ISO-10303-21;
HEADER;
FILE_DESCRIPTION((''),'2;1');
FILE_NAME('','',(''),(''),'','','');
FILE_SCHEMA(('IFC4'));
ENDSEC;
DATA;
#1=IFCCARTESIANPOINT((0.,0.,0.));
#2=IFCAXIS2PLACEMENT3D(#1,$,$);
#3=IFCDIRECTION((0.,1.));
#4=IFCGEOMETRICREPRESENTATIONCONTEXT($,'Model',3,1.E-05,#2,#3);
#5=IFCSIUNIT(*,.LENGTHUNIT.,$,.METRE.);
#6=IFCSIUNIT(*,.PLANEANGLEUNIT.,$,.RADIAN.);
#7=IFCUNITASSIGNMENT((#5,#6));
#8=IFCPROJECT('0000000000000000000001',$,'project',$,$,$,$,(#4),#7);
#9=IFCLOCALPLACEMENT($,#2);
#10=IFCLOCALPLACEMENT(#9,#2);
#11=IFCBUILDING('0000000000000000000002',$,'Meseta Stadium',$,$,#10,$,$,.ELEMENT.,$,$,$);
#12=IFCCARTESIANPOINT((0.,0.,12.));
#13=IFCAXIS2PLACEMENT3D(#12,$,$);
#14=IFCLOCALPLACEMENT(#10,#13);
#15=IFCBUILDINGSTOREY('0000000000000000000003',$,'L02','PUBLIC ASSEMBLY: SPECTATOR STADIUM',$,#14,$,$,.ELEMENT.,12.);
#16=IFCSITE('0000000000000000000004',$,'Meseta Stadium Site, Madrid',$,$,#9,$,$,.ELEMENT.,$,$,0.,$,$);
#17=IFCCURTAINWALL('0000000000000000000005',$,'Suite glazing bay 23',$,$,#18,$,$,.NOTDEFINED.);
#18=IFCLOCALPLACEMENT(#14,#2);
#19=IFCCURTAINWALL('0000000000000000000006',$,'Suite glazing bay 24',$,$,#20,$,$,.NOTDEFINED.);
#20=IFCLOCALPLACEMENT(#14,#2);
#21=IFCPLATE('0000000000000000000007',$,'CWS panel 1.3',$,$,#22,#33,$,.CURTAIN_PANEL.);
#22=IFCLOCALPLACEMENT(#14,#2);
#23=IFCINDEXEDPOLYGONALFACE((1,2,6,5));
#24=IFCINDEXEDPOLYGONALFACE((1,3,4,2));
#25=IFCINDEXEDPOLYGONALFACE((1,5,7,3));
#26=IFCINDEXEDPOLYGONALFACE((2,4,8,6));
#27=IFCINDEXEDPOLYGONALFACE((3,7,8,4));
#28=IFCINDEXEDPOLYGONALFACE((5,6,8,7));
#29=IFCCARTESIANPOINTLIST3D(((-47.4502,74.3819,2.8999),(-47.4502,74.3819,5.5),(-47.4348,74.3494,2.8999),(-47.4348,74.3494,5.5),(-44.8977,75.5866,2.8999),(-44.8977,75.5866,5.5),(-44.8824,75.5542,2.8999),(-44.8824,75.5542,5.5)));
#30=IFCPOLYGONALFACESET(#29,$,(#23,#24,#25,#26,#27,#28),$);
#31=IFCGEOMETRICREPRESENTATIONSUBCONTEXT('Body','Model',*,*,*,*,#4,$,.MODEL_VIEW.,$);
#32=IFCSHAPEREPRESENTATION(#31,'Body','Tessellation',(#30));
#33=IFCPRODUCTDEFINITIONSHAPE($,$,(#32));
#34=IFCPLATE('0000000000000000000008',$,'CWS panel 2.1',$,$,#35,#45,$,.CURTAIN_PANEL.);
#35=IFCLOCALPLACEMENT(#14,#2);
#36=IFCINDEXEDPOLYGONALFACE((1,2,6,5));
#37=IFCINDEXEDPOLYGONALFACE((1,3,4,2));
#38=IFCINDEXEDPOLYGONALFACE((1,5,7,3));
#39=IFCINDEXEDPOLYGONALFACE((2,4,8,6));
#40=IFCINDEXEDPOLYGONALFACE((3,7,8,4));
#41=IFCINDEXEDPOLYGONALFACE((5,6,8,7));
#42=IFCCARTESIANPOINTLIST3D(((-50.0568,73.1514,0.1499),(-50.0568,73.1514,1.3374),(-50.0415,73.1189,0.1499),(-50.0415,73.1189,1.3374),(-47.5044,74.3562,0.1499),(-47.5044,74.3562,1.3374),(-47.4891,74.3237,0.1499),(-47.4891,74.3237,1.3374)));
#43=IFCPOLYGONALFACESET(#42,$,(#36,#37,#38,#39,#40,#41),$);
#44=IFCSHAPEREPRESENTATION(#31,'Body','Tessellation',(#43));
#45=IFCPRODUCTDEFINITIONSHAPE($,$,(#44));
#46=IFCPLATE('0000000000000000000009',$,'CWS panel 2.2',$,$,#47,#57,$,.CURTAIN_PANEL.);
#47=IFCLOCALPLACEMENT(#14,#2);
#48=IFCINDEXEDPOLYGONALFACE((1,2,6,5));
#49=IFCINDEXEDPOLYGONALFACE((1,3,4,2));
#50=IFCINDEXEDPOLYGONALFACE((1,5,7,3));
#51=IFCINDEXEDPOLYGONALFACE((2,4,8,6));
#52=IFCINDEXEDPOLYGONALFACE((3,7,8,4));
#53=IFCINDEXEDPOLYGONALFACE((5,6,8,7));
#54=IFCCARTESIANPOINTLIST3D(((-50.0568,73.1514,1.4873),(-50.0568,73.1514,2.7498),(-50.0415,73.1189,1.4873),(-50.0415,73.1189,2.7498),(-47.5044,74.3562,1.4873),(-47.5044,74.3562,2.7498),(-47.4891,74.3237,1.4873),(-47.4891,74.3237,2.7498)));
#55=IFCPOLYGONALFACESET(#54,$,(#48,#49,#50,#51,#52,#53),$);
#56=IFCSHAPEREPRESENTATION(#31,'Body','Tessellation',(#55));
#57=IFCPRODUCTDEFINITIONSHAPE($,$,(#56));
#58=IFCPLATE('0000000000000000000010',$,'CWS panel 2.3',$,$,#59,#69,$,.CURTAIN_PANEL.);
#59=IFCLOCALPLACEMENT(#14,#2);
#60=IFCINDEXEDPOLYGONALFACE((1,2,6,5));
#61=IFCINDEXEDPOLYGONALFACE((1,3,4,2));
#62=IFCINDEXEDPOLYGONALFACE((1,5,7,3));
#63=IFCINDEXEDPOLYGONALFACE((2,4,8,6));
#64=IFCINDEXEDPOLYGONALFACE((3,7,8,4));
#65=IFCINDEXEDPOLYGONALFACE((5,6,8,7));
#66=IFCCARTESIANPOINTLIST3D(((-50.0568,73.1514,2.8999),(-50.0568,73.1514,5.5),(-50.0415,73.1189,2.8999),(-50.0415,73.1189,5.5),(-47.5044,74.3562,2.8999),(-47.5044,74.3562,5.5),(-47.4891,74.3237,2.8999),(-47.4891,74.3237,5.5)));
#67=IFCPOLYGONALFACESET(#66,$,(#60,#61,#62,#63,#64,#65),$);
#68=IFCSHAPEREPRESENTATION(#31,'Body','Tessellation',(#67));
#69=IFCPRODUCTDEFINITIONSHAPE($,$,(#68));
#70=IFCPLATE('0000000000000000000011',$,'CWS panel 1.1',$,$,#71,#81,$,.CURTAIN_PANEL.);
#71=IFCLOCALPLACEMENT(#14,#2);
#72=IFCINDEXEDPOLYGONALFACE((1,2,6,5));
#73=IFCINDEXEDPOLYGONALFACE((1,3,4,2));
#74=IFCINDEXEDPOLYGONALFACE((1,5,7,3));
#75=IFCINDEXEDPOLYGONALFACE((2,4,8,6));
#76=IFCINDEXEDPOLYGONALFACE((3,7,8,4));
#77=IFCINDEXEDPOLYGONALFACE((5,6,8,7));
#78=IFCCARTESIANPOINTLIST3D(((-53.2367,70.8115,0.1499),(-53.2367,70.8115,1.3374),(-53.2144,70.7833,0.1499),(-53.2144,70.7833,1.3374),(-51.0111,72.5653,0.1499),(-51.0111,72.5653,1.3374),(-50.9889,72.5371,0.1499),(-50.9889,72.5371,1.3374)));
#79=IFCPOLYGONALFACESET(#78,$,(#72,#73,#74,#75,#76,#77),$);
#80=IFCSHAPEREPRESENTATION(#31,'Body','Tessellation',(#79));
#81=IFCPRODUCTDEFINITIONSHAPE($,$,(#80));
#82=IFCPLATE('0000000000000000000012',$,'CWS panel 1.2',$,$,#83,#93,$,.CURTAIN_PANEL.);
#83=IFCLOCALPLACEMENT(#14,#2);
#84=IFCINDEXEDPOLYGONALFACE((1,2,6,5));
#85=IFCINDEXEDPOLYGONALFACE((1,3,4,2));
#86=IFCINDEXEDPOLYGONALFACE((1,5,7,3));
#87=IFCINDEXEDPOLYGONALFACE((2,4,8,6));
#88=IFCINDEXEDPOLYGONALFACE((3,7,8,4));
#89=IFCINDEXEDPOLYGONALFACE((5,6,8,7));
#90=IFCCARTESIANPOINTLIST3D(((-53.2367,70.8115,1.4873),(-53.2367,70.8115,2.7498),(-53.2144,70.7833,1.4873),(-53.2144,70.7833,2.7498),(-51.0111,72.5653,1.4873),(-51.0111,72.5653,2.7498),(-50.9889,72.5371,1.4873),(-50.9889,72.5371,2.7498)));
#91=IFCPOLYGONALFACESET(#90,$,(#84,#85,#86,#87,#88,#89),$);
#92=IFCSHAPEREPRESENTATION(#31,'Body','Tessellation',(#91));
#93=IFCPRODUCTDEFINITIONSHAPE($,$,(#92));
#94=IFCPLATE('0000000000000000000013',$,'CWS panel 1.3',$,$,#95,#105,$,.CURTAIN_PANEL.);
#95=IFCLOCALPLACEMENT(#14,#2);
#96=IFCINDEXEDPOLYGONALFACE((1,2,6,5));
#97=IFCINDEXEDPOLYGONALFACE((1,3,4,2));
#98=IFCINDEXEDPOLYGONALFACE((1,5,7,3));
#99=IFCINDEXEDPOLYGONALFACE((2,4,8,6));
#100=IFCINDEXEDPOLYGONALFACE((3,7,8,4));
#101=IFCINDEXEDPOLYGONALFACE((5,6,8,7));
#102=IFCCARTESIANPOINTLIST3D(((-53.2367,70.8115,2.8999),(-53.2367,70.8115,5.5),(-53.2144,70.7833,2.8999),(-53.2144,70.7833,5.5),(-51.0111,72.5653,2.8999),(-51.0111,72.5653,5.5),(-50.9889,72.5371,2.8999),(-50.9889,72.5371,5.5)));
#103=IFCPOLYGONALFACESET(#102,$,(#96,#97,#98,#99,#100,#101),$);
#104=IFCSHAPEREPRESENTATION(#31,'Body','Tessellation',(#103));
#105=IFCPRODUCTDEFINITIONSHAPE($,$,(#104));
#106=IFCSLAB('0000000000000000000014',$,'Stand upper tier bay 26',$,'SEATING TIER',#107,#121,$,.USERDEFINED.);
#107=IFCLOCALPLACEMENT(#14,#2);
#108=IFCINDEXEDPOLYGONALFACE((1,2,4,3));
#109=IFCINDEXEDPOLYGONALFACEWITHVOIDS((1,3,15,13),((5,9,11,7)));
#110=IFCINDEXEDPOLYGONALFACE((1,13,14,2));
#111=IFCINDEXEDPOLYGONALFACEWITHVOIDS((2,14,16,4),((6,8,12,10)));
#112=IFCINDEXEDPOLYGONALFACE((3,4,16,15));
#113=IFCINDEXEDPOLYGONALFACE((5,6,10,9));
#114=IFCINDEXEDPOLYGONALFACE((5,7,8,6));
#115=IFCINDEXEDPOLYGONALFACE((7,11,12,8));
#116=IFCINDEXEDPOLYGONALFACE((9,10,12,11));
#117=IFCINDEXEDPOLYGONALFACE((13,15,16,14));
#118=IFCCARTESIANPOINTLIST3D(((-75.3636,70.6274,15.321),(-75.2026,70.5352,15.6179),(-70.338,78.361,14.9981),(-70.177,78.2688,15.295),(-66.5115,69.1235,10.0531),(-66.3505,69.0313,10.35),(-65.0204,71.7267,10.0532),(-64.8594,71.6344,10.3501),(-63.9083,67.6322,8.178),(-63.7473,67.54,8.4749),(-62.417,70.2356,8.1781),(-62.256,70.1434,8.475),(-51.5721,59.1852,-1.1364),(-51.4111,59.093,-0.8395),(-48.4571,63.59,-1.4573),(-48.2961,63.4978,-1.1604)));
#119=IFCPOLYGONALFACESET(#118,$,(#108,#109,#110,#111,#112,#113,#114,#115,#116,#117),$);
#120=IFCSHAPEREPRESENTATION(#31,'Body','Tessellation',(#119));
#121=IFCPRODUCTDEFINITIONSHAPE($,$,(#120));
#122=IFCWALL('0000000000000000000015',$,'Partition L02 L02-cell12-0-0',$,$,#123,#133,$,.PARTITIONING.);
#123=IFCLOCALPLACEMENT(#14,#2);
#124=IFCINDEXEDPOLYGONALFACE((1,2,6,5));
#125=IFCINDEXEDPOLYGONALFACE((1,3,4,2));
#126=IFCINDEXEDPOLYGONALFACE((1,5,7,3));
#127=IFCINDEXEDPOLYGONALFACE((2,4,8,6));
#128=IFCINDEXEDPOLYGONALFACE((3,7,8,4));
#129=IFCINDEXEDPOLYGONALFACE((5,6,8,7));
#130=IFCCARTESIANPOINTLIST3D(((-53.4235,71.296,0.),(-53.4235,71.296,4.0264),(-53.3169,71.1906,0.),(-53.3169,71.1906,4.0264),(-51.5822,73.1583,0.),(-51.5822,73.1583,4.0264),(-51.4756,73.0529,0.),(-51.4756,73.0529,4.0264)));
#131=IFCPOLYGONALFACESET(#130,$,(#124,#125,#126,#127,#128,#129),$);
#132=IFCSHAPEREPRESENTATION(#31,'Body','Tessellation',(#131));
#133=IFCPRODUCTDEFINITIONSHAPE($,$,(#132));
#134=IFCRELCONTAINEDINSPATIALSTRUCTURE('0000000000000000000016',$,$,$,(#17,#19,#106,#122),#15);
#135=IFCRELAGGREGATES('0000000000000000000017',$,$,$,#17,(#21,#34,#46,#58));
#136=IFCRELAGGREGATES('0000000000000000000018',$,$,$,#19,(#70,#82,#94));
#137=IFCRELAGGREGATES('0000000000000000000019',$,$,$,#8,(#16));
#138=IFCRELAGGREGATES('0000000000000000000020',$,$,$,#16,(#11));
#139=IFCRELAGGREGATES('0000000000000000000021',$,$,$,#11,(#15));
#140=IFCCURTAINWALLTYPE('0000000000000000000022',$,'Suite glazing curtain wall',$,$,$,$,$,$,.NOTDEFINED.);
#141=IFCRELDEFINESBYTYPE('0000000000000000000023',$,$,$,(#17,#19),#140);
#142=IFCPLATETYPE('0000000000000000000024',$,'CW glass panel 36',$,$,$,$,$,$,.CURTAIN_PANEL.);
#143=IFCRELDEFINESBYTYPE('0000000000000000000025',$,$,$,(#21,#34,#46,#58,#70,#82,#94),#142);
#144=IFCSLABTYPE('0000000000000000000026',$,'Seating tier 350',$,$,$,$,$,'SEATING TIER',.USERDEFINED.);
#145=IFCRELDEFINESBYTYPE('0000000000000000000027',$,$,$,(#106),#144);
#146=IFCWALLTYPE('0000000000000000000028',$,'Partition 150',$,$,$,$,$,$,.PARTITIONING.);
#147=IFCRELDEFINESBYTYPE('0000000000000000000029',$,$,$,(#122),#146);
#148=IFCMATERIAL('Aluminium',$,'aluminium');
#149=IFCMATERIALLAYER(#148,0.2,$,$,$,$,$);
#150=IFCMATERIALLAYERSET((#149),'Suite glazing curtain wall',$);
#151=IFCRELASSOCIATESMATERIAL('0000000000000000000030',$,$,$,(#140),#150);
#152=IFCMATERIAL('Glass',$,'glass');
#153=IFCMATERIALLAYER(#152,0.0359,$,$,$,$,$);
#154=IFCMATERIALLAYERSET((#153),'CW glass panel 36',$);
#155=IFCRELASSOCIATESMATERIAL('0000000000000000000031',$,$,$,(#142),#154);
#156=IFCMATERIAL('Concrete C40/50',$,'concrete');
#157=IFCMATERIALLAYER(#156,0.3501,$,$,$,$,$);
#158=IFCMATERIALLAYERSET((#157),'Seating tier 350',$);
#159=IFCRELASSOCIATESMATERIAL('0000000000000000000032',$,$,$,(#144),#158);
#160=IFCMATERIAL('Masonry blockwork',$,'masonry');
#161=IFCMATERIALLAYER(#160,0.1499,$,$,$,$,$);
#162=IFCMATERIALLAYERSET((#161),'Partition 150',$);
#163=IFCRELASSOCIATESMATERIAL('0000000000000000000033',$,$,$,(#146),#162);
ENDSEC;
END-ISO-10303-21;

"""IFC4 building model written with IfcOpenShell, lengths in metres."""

from ifc_helpers import new_model, si_unit, direction, frame, frame_2d, origin, origin_2d, place, context, subcontext, project, spatial, polyline, rectangle, outline, extrude, material, layer, layer_set, type_object, element, aggregate, save


model = new_model("IFC4")

# Units and contexts
model_context = context("Model", 3, precision=1e-05, world=origin(), true_north=direction((0.0, 1.0)))
body_context = subcontext(model_context, "Body", "Model", "MODEL_VIEW")
ifc_project = project(units=[si_unit("LENGTHUNIT", "METRE"), si_unit("PLANEANGLEUNIT", "RADIAN")], contexts=[model_context])

# Site, building, storey
site_placement = place(None, origin())
site = spatial("IfcSite", under=ifc_project, at=site_placement, Name="Meseta Stadium Site, Madrid", CompositionType="ELEMENT", RefElevation=0.0)
building_placement = place(site_placement, origin())
building = spatial("IfcBuilding", under=site, at=building_placement, Name="Meseta Stadium", CompositionType="ELEMENT")
storey_placement = place(building_placement, frame((0.0, 0.0, 12.0)))
storey = spatial("IfcBuildingStorey", under=building, at=storey_placement, Name="L02", Description="PUBLIC ASSEMBLY: SPECTATOR STADIUM", CompositionType="ELEMENT", Elevation=12.0)

# Curtain wall
ifc_material_1 = material(Name="Aluminium", Category="aluminium")
ifc_layer_1 = layer(ifc_material_1, 0.2)
ifc_layer_set_1 = layer_set([ifc_layer_1], Name="Suite glazing curtain wall")
curtain_wall_type = type_object("IfcCurtainWallType", Name="Suite glazing curtain wall", PredefinedType="NOTDEFINED", material=ifc_layer_set_1)
curtain_wall_1_placement = place(storey_placement, origin())
curtain_wall_1 = element("IfcCurtainWall", 1, at=curtain_wall_1_placement, inside=storey, type_object=curtain_wall_type, Name="Suite glazing bay 23", PredefinedType="NOTDEFINED")

# Curtain wall
curtain_wall_2_placement = place(storey_placement, origin())
curtain_wall_2 = element("IfcCurtainWall", 2, at=curtain_wall_2_placement, inside=storey, type_object=curtain_wall_type, Name="Suite glazing bay 24", PredefinedType="NOTDEFINED")

# Plates
ifc_material_2 = material(Name="Glass", Category="glass")
ifc_layer_2 = layer(ifc_material_2, 0.0359)
ifc_layer_set_2 = layer_set([ifc_layer_2], Name="CW glass panel 36")
plate_type = type_object("IfcPlateType", Name="CW glass panel 36", PredefinedType="CURTAIN_PANEL", material=ifc_layer_set_2)
plate_1_placement = place(storey_placement, frame((-46.1663, 74.968, 2.8999), z_axis=(0.0, 0.0, 1.0), x_axis=(-0.904328, -0.426837, 0.0)))
plate_1 = element("IfcPlate", 3, at=plate_1_placement, type_object=plate_type, Name="CWS panel 1.3", PredefinedType="CURTAIN_PANEL", context=body_context, shape_type="SweptSolid", body=[
    extrude(rectangle(XDim=2.8225, YDim=0.0359, at=origin_2d()), origin(), (0.0, 0.0, 1.0), 2.6001),
])
plate_2_placement = place(storey_placement, frame((-48.7729, 73.7375, 0.1499), z_axis=(0.0, 0.0, 1.0), x_axis=(-0.904328, -0.426837, 0.0)))
plate_2 = element("IfcPlate", 4, at=plate_2_placement, type_object=plate_type, Name="CWS panel 2.1", PredefinedType="CURTAIN_PANEL", context=body_context, shape_type="SweptSolid", body=[
    extrude(rectangle(XDim=2.8225, YDim=0.0359, at=origin_2d()), origin(), (0.0, 0.0, 1.0), 1.1875),
])
plate_3_placement = place(storey_placement, frame((-48.7729, 73.7375, 1.4873), z_axis=(0.0, 0.0, 1.0), x_axis=(-0.904328, -0.426837, 0.0)))
plate_3 = element("IfcPlate", 5, at=plate_3_placement, type_object=plate_type, Name="CWS panel 2.2", PredefinedType="CURTAIN_PANEL", context=body_context, shape_type="SweptSolid", body=[
    extrude(rectangle(XDim=2.8225, YDim=0.0359, at=origin_2d()), origin(), (0.0, 0.0, 1.0), 1.2625),
])
plate_4_placement = place(storey_placement, frame((-48.7729, 73.7375, 2.8999), z_axis=(0.0, 0.0, 1.0), x_axis=(-0.904328, -0.426837, 0.0)))
plate_4 = element("IfcPlate", 6, at=plate_4_placement, type_object=plate_type, Name="CWS panel 2.3", PredefinedType="CURTAIN_PANEL", context=body_context, shape_type="SweptSolid", body=[
    extrude(rectangle(XDim=2.8225, YDim=0.0359, at=origin_2d()), origin(), (0.0, 0.0, 1.0), 2.6001),
])
aggregate(curtain_wall_1, [plate_1, plate_2, plate_3, plate_4])
plate_5_placement = place(storey_placement, frame((-52.1128, 71.6743, 0.1499), z_axis=(0.0, 0.0, 1.0), x_axis=(-0.785435, -0.618944, 0.0)))
plate_5 = element("IfcPlate", 7, at=plate_5_placement, type_object=plate_type, Name="CWS panel 1.1", PredefinedType="CURTAIN_PANEL", context=body_context, shape_type="SweptSolid", body=[
    extrude(rectangle(XDim=2.8335, YDim=0.0359, at=origin_2d()), origin(), (0.0, 0.0, 1.0), 1.1875),
])
plate_6_placement = place(storey_placement, frame((-52.1128, 71.6743, 1.4873), z_axis=(0.0, 0.0, 1.0), x_axis=(-0.785435, -0.618944, 0.0)))
plate_6 = element("IfcPlate", 8, at=plate_6_placement, type_object=plate_type, Name="CWS panel 1.2", PredefinedType="CURTAIN_PANEL", context=body_context, shape_type="SweptSolid", body=[
    extrude(rectangle(XDim=2.8335, YDim=0.0359, at=origin_2d()), origin(), (0.0, 0.0, 1.0), 1.2625),
])
plate_7_placement = place(storey_placement, frame((-52.1128, 71.6743, 2.8999), z_axis=(0.0, 0.0, 1.0), x_axis=(-0.785435, -0.618944, 0.0)))
plate_7 = element("IfcPlate", 9, at=plate_7_placement, type_object=plate_type, Name="CWS panel 1.3", PredefinedType="CURTAIN_PANEL", context=body_context, shape_type="SweptSolid", body=[
    extrude(rectangle(XDim=2.8335, YDim=0.0359, at=origin_2d()), origin(), (0.0, 0.0, 1.0), 2.6001),
])
aggregate(curtain_wall_2, [plate_5, plate_6, plate_7])

# Slab
ifc_material_3 = material(Name="Concrete C40/50", Category="concrete")
ifc_layer_3 = layer(ifc_material_3, 0.3501)
ifc_layer_set_3 = layer_set([ifc_layer_3], Name="Seating tier 350")
slab_type = type_object("IfcSlabType", Name="Seating tier 350", ElementType="SEATING TIER", PredefinedType="USERDEFINED", material=ifc_layer_set_3)
slab_placement = place(storey_placement, frame((-48.2961, 63.4978, -1.1604), z_axis=(0.459888, -0.263448, 0.847997), x_axis=(-0.703374, 0.474823, 0.52897)))
element("IfcSlab", 10, at=slab_placement, inside=storey, type_object=slab_type, Name="Stand upper tier bay 26", ObjectType="SEATING TIER", PredefinedType="USERDEFINED", context=body_context, shape_type="SweptSolid", body=[
    extrude(outline(polyline([(0.0, 0.0), (31.1084, 0.0), (31.142, 9.2287), (0.2692, 5.3978), (0.0, 0.0)]), holes=[polyline([(18.0713, 2.3044), (21.6023, 2.5254), (21.415, 5.5195), (17.884, 5.2988), (18.0713, 2.3044)])]), origin(), (0.0, 0.0, -1.0), 0.3501),
])

# Wall
ifc_material_4 = material(Name="Masonry blockwork", Category="masonry")
ifc_layer_4 = layer(ifc_material_4, 0.1499)
ifc_layer_set_4 = layer_set([ifc_layer_4], Name="Partition 150")
wall_type = type_object("IfcWallType", Name="Partition 150", PredefinedType="PARTITIONING", material=ifc_layer_set_4)
wall_placement = place(storey_placement, frame((-51.5288, 73.1057, 0.0), z_axis=(0.0, 0.0, 1.0), x_axis=(-0.703087, -0.711104, 0.0)))
element("IfcWall", 11, at=wall_placement, inside=storey, type_object=wall_type, Name="Partition L02 L02-cell12-0-0", PredefinedType="PARTITIONING", context=body_context, shape_type="SweptSolid", body=[
    extrude(rectangle(XDim=2.6189, YDim=0.1499, at=frame_2d((1.3096, 0.0))), origin(), (0.0, 0.0, 1.0), 4.0264),
])

save(model, "model.ifc")
